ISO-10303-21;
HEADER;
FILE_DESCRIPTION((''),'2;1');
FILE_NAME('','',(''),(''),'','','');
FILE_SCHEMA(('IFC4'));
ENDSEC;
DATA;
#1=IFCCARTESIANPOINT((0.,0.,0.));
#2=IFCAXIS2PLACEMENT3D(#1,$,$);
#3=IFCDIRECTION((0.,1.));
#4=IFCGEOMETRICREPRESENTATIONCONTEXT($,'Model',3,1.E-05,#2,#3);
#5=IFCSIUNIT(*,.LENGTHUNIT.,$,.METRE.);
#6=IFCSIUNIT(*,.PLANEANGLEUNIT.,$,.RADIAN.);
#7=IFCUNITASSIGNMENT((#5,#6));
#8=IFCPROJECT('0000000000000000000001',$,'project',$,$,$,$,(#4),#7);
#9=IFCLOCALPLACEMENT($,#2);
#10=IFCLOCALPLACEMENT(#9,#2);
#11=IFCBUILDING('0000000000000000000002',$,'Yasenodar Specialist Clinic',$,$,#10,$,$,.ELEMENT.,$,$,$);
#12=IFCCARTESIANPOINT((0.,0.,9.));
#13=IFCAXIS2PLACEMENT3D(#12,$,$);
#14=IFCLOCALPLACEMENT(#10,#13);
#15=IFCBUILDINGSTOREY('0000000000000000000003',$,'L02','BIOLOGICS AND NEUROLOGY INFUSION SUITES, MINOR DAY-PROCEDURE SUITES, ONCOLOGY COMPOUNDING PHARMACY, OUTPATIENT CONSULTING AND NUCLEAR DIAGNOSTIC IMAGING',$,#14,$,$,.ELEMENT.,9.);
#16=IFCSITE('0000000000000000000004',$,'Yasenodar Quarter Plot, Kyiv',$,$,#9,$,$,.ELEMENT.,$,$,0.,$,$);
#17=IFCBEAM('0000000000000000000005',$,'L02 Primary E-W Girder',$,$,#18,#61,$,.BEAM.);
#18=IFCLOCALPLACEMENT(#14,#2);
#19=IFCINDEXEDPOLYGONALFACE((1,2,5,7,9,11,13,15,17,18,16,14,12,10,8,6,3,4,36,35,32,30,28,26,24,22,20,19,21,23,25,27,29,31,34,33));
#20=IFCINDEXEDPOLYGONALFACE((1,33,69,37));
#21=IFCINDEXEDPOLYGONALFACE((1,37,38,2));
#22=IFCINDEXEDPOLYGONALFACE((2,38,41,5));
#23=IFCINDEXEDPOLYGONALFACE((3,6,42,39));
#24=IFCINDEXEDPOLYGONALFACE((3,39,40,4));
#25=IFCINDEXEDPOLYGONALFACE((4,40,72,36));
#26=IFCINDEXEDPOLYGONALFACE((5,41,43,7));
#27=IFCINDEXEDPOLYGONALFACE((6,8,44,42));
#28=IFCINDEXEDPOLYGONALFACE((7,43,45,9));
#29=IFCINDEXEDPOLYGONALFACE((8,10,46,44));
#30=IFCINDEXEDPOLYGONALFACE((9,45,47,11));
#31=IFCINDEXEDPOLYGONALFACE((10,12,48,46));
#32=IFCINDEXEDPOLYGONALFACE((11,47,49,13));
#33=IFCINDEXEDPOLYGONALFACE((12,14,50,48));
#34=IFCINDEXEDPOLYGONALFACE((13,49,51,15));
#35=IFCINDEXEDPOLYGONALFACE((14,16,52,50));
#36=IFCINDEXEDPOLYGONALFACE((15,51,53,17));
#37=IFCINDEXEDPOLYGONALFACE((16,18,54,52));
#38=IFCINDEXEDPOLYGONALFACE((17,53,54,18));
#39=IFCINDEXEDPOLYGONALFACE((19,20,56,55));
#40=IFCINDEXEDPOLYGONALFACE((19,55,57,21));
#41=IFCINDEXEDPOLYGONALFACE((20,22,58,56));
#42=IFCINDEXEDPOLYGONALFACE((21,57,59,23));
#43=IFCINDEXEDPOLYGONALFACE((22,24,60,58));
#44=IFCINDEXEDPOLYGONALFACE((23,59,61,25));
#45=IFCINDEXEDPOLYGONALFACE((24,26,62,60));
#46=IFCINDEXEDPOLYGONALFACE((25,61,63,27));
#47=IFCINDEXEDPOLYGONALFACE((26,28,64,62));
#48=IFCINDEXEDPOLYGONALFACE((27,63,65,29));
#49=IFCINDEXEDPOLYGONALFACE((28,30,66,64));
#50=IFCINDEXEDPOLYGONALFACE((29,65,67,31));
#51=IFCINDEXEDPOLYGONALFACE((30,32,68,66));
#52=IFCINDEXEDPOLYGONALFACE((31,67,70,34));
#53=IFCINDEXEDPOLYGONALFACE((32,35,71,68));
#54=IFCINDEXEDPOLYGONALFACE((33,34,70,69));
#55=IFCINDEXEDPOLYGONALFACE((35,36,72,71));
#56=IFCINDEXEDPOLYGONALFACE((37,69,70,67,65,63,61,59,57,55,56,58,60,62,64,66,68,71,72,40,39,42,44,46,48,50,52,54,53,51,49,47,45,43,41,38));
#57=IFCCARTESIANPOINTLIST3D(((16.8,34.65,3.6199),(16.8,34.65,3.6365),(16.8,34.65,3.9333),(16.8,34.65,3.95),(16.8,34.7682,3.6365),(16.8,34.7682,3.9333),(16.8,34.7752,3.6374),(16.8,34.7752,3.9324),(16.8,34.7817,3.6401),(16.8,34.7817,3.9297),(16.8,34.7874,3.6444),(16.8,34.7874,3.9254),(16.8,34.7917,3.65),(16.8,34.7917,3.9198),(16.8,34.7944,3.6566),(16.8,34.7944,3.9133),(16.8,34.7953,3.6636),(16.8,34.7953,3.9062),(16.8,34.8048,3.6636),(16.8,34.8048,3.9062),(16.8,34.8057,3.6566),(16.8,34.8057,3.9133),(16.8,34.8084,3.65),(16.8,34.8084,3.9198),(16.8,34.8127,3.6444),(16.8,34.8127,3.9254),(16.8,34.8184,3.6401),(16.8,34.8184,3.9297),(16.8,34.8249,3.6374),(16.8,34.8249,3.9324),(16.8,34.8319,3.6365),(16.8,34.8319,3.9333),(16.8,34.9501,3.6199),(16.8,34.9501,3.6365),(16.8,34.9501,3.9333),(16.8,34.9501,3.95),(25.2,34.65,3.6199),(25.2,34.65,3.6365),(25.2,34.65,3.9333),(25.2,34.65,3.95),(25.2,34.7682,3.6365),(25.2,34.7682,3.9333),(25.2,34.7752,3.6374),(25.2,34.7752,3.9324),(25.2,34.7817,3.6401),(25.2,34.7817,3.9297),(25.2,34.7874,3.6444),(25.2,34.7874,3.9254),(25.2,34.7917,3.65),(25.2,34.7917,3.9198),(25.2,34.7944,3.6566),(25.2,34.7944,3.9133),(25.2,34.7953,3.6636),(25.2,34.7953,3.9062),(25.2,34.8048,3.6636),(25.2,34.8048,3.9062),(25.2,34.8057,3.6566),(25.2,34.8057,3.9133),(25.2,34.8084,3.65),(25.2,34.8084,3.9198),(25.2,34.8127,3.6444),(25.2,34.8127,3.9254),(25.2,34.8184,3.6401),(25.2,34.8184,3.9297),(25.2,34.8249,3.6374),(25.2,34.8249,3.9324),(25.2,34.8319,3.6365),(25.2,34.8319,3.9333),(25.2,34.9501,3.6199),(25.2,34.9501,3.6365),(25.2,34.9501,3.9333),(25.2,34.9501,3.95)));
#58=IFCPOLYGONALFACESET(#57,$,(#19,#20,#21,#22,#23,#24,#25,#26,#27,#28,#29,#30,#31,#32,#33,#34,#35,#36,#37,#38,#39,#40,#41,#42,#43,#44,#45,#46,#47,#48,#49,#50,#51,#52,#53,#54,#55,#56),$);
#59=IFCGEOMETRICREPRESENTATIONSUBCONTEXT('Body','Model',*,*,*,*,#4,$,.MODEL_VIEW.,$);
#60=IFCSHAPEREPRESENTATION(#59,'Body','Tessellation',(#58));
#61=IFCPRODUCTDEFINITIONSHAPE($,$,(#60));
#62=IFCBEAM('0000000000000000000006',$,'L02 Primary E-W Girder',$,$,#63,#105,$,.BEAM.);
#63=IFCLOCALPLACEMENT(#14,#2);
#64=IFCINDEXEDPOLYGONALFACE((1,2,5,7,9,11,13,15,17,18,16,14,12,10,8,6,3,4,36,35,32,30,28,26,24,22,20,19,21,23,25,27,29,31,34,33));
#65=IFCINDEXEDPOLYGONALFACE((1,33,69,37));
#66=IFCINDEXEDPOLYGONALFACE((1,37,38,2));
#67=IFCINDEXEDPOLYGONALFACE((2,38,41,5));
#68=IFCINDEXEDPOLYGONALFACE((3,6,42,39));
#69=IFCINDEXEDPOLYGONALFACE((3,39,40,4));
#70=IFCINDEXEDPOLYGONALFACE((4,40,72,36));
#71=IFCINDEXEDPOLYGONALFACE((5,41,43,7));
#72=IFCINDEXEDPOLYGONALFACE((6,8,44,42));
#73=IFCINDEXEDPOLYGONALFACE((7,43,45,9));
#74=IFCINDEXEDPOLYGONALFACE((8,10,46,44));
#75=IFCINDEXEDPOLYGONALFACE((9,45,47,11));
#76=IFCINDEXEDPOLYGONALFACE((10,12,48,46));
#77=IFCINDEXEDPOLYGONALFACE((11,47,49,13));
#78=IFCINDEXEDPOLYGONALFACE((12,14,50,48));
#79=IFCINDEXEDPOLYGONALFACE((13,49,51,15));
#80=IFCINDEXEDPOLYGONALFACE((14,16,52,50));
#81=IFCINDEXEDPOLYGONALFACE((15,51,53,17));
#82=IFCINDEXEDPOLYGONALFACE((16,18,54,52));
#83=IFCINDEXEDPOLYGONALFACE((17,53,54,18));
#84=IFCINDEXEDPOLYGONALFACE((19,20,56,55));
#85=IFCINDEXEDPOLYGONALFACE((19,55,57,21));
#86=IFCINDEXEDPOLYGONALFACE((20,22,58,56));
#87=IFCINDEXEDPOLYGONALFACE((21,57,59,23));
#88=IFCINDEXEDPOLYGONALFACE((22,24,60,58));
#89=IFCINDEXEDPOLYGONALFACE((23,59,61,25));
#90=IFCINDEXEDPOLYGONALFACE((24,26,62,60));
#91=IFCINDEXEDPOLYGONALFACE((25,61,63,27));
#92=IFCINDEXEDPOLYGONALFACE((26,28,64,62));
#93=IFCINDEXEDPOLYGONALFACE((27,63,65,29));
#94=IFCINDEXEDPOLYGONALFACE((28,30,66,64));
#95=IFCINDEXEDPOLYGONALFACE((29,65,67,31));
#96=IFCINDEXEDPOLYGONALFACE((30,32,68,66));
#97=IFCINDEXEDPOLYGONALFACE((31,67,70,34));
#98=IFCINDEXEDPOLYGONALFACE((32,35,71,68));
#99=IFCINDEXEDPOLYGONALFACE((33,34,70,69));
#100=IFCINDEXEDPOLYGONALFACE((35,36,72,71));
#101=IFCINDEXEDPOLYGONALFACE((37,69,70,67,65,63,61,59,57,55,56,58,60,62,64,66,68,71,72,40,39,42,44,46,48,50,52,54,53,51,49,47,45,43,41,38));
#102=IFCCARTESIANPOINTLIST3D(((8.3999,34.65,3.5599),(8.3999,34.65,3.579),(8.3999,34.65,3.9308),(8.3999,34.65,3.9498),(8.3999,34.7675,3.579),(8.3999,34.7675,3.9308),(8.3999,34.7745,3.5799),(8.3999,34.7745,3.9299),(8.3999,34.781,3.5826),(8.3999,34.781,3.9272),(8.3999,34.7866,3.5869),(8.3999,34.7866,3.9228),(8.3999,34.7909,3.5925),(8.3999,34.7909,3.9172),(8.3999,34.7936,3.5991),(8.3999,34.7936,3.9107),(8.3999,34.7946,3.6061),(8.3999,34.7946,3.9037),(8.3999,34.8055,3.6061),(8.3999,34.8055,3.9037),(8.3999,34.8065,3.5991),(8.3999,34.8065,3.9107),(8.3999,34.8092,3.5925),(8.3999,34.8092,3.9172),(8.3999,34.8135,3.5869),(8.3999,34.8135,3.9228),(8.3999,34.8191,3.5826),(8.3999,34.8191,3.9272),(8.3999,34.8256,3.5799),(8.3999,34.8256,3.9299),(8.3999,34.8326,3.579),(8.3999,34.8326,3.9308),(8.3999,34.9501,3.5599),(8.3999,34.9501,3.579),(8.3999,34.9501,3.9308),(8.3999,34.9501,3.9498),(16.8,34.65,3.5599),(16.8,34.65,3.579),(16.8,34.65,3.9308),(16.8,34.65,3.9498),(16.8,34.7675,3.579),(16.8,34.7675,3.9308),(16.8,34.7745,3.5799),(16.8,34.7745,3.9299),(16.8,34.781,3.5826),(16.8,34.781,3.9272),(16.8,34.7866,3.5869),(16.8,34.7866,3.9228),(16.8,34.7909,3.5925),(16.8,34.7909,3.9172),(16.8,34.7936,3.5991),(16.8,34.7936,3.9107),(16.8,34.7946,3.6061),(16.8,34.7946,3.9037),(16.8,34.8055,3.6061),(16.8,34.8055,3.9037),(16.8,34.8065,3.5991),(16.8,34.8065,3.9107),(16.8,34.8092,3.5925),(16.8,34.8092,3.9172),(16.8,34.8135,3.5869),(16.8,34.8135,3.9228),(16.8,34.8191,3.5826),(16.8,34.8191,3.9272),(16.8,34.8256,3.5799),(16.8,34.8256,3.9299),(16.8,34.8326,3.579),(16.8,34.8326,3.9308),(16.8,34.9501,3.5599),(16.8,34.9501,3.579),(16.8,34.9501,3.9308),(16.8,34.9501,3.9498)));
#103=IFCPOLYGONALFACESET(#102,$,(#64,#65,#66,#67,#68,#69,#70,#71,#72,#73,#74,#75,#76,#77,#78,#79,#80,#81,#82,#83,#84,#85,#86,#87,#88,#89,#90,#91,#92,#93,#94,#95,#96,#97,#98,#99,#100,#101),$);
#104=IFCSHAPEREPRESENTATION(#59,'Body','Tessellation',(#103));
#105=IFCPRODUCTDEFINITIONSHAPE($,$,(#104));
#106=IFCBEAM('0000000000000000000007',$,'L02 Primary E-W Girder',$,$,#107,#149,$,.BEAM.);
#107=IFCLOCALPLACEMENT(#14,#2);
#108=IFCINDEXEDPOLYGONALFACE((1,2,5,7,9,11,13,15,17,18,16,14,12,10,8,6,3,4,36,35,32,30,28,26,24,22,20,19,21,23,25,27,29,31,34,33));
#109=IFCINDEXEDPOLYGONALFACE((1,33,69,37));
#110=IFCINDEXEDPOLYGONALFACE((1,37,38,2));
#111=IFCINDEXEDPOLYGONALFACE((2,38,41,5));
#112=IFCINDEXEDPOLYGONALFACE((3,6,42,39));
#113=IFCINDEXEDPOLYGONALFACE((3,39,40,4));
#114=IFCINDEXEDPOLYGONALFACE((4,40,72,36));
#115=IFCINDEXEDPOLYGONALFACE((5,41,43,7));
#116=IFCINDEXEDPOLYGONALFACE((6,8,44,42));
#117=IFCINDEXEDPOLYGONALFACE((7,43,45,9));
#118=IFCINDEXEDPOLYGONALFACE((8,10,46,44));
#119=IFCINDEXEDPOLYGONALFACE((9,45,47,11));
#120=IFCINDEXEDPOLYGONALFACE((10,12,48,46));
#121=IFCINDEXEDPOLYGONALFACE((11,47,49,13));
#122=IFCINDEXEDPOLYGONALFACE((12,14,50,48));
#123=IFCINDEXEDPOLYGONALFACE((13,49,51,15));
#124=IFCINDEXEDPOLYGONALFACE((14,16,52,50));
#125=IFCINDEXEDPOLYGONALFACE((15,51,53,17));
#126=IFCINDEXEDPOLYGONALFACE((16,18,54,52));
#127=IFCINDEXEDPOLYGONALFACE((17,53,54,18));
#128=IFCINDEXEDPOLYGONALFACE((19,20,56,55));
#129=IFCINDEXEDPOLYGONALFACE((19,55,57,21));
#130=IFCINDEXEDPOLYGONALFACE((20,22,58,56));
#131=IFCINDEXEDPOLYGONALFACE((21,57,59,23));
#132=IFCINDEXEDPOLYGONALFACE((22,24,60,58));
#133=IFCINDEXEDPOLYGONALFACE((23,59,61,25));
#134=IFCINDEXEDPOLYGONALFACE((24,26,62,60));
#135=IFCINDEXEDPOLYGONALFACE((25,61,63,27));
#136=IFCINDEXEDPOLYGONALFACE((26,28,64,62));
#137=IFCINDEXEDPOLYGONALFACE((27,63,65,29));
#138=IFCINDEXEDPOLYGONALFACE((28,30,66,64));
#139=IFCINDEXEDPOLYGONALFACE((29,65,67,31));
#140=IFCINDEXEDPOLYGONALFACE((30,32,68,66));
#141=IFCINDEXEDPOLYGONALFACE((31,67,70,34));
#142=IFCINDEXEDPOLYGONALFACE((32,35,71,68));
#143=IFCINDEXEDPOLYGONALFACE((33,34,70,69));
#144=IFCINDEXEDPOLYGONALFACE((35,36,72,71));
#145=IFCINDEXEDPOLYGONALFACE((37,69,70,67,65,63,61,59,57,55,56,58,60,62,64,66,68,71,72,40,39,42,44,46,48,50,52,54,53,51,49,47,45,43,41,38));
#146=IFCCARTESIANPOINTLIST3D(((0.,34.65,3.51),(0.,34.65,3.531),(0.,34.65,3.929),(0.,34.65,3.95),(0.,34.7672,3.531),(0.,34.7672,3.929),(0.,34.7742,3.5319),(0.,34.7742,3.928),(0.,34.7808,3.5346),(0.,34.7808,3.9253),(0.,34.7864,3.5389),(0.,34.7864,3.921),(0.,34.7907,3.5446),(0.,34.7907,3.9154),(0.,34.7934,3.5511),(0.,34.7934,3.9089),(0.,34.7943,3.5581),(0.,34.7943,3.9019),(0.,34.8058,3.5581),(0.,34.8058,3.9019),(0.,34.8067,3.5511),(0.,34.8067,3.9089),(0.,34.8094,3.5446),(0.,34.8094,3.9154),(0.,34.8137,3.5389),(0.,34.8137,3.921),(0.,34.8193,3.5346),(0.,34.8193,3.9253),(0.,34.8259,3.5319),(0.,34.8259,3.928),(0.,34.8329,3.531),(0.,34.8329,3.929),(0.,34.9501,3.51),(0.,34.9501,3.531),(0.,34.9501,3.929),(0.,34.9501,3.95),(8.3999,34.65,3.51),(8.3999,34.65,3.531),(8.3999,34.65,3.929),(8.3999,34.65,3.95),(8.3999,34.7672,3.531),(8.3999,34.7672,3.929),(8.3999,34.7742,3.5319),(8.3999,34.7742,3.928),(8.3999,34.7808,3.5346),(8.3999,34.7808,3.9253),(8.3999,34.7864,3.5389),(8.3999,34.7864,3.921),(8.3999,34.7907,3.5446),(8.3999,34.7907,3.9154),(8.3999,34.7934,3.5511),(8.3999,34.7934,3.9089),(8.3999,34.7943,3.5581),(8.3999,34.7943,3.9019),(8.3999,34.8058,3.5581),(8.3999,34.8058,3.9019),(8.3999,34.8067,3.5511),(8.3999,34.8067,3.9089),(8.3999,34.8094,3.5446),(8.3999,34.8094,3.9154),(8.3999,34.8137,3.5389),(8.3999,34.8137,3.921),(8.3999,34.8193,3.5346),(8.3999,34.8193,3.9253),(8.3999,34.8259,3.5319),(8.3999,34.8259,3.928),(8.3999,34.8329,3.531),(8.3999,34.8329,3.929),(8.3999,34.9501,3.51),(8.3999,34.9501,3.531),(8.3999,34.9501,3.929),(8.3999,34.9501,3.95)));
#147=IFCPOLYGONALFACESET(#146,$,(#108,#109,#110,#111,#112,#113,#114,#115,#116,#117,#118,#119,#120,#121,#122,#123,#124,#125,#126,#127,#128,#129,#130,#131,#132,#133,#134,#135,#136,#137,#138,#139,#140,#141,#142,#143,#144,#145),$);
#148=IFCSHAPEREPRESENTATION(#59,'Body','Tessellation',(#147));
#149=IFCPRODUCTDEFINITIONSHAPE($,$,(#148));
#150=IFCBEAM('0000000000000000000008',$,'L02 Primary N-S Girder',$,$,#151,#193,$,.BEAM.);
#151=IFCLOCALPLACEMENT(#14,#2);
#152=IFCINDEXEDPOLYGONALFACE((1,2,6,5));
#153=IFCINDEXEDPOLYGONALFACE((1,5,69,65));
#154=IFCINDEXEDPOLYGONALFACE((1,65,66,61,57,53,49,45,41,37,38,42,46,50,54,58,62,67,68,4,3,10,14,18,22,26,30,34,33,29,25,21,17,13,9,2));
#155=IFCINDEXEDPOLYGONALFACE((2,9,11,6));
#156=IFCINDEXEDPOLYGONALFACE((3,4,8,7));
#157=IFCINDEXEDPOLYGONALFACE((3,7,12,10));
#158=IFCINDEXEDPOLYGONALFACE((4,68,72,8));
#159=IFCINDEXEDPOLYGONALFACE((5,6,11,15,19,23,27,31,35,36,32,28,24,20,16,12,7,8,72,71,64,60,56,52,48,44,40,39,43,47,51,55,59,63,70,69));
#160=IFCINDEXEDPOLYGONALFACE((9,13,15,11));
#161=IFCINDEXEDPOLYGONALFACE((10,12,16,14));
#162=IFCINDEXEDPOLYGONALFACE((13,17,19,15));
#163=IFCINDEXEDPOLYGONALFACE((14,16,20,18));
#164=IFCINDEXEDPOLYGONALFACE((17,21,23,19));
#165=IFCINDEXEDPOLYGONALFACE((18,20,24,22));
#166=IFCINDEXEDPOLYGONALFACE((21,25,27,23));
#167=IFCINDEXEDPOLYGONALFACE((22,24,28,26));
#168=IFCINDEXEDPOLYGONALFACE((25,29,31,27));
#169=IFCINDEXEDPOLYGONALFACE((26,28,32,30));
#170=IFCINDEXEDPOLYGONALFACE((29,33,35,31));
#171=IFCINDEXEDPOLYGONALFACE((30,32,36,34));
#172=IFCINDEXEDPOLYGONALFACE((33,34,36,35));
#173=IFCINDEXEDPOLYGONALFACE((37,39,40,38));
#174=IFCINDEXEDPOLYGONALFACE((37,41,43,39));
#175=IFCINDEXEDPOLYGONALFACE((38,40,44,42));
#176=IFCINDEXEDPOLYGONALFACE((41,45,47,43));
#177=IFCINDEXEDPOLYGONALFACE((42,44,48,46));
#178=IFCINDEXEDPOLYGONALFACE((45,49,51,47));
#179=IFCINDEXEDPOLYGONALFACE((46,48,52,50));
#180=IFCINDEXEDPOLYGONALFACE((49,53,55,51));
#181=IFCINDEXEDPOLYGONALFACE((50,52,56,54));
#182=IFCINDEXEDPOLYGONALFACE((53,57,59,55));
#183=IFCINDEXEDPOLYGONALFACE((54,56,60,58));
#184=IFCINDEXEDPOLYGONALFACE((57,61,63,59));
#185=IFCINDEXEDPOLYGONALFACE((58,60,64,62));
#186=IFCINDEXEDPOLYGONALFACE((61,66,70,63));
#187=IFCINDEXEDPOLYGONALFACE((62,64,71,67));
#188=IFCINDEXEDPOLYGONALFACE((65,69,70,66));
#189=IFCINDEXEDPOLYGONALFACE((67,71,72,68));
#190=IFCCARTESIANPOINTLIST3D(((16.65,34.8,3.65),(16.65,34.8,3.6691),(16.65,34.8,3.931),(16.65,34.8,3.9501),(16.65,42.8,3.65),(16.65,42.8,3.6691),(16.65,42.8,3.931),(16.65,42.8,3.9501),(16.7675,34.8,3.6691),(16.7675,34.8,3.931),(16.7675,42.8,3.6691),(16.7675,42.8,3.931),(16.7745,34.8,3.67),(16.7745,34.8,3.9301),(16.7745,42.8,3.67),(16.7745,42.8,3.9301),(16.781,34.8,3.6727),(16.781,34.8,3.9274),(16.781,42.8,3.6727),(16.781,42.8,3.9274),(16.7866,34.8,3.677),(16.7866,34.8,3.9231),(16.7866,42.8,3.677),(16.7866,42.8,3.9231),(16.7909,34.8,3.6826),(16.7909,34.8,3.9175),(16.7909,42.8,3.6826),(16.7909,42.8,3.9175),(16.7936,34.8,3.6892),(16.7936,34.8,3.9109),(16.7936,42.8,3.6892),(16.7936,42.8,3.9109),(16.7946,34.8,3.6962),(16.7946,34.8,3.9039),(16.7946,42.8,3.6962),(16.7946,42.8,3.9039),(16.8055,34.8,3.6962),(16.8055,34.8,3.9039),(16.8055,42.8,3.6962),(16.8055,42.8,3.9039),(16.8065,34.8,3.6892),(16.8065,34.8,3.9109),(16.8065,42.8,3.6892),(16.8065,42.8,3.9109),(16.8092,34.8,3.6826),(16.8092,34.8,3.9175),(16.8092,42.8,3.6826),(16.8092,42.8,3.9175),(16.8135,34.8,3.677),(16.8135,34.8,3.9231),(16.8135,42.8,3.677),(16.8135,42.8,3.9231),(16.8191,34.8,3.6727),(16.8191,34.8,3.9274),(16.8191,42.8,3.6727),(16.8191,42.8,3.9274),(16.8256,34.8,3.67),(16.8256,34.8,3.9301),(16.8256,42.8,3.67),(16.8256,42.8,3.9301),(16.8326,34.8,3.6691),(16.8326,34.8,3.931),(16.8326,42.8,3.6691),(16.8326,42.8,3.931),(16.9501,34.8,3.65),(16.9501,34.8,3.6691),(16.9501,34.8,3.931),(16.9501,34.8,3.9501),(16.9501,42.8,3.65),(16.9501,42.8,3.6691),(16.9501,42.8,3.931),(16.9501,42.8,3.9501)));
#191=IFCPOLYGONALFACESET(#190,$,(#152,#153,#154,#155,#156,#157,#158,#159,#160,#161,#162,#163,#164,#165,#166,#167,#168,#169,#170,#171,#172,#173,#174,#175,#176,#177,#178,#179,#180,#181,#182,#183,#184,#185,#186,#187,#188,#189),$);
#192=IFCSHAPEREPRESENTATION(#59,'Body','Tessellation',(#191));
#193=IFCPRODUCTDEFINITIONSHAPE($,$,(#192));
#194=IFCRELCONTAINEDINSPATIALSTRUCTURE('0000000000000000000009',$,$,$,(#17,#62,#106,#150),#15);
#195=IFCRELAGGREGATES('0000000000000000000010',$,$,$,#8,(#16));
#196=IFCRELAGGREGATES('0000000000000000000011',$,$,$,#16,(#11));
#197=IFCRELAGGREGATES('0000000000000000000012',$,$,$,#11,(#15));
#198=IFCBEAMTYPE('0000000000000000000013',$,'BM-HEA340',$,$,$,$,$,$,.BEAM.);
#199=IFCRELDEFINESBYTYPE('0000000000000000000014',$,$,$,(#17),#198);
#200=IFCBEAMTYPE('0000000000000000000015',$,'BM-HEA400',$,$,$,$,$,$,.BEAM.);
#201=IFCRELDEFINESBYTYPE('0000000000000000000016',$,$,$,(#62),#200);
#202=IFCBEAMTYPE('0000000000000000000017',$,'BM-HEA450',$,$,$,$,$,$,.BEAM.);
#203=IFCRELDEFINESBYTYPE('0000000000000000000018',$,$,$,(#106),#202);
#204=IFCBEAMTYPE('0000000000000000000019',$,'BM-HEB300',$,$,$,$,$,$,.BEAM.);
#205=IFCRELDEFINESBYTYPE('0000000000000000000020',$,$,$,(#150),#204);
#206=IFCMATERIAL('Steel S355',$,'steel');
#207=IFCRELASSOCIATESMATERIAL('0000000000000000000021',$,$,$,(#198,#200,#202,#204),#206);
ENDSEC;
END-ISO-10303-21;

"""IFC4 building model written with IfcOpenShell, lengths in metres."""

from ifc_helpers import new_model, si_unit, direction, frame, origin, origin_2d, place, context, subcontext, project, spatial, i_section, extrude, material, material_profile, profile_set, type_object, element, save


model = new_model("IFC4")

# Units and contexts
model_context = context("Model", 3, precision=1e-05, world=origin(), true_north=direction((0.0, 1.0)))
body_context = subcontext(model_context, "Body", "Model", "MODEL_VIEW")
ifc_project = project(units=[si_unit("LENGTHUNIT", "METRE"), si_unit("PLANEANGLEUNIT", "RADIAN")], contexts=[model_context])

# Site, building, storey
site_placement = place(None, origin())
site = spatial("IfcSite", under=ifc_project, at=site_placement, Name="Yasenodar Quarter Plot, Kyiv", CompositionType="ELEMENT", RefElevation=0.0)
building_placement = place(site_placement, origin())
building = spatial("IfcBuilding", under=site, at=building_placement, Name="Yasenodar Specialist Clinic", CompositionType="ELEMENT")
storey_placement = place(building_placement, frame((0.0, 0.0, 9.0)))
storey = spatial("IfcBuildingStorey", under=building, at=storey_placement, Name="L02", Description="BIOLOGICS AND NEUROLOGY INFUSION SUITES, MINOR DAY-PROCEDURE SUITES, ONCOLOGY COMPOUNDING PHARMACY, OUTPATIENT CONSULTING AND NUCLEAR DIAGNOSTIC IMAGING", CompositionType="ELEMENT", Elevation=9.0)

# Shared definitions
ifc_material_1 = material(Name="Steel S355", Category="steel")

# Beams
ifc_material_profile_1 = material_profile(ifc_material_1, i_section(OverallWidth=0.3, OverallDepth=0.3301, WebThickness=0.0095, FlangeThickness=0.0166, FilletRadius=0.0271, at=origin_2d()), Name="HEA 340")
ifc_profile_set_1 = profile_set([ifc_material_profile_1], Name="Steel S355")
beam_type_1 = type_object("IfcBeamType", Name="BM-HEA340", PredefinedType="BEAM", material=ifc_profile_set_1)
beam_1_placement = place(storey_placement, frame((16.8, 34.8, 3.7849), z_axis=(1.0, 0.0, 0.0), x_axis=(0.0, 1.0, 0.0)))
element("IfcBeam", 1, at=beam_1_placement, inside=storey, type_object=beam_type_1, Name="L02 Primary E-W Girder", PredefinedType="BEAM", context=body_context, shape_type="SweptSolid", body=[
    extrude(i_section(OverallWidth=0.3, OverallDepth=0.3301, WebThickness=0.0095, FlangeThickness=0.0166, FilletRadius=0.0271, at=origin_2d()), origin(), (0.0, 0.0, 1.0), 8.3999),
])
ifc_material_profile_2 = material_profile(ifc_material_1, i_section(OverallWidth=0.3, OverallDepth=0.3899, WebThickness=0.011, FlangeThickness=0.019, FilletRadius=0.0271, at=origin_2d()), Name="HEA 400")
ifc_profile_set_2 = profile_set([ifc_material_profile_2], Name="Steel S355")
beam_type_2 = type_object("IfcBeamType", Name="BM-HEA400", PredefinedType="BEAM", material=ifc_profile_set_2)
beam_2_placement = place(storey_placement, frame((8.3999, 34.8, 3.7549), z_axis=(1.0, 0.0, 0.0), x_axis=(0.0, 1.0, 0.0)))
element("IfcBeam", 2, at=beam_2_placement, inside=storey, type_object=beam_type_2, Name="L02 Primary E-W Girder", PredefinedType="BEAM", context=body_context, shape_type="SweptSolid", body=[
    extrude(i_section(OverallWidth=0.3, OverallDepth=0.3899, WebThickness=0.011, FlangeThickness=0.019, FilletRadius=0.0271, at=origin_2d()), origin(), (0.0, 0.0, 1.0), 8.4001),
])
ifc_material_profile_3 = material_profile(ifc_material_1, i_section(OverallWidth=0.3, OverallDepth=0.4399, WebThickness=0.0115, FlangeThickness=0.021, FilletRadius=0.0271, at=origin_2d()), Name="HEA 450")
ifc_profile_set_3 = profile_set([ifc_material_profile_3], Name="Steel S355")
beam_type_3 = type_object("IfcBeamType", Name="BM-HEA450", PredefinedType="BEAM", material=ifc_profile_set_3)
beam_3_placement = place(storey_placement, frame((0.0, 34.8, 3.73), z_axis=(1.0, 0.0, 0.0), x_axis=(0.0, 1.0, 0.0)))
element("IfcBeam", 3, at=beam_3_placement, inside=storey, type_object=beam_type_3, Name="L02 Primary E-W Girder", PredefinedType="BEAM", context=body_context, shape_type="SweptSolid", body=[
    extrude(i_section(OverallWidth=0.3, OverallDepth=0.4399, WebThickness=0.0115, FlangeThickness=0.021, FilletRadius=0.0271, at=origin_2d()), origin(), (0.0, 0.0, 1.0), 8.3999),
])
ifc_material_profile_4 = material_profile(ifc_material_1, i_section(OverallWidth=0.3, OverallDepth=0.3, WebThickness=0.011, FlangeThickness=0.019, FilletRadius=0.0271, at=origin_2d()), Name="HEB 300")
ifc_profile_set_4 = profile_set([ifc_material_profile_4], Name="Steel S355")
beam_type_4 = type_object("IfcBeamType", Name="BM-HEB300", PredefinedType="BEAM", material=ifc_profile_set_4)
beam_4_placement = place(storey_placement, frame((16.8, 34.8, 3.8), z_axis=(0.0, 1.0, 0.0), x_axis=(-1.0, 0.0, 0.0)))
element("IfcBeam", 4, at=beam_4_placement, inside=storey, type_object=beam_type_4, Name="L02 Primary N-S Girder", PredefinedType="BEAM", context=body_context, shape_type="SweptSolid", body=[
    extrude(i_section(OverallWidth=0.3, OverallDepth=0.3, WebThickness=0.011, FlangeThickness=0.019, FilletRadius=0.0271, at=origin_2d()), origin(), (0.0, 0.0, 1.0), 8.0),
])

save(model, "model.ifc")
